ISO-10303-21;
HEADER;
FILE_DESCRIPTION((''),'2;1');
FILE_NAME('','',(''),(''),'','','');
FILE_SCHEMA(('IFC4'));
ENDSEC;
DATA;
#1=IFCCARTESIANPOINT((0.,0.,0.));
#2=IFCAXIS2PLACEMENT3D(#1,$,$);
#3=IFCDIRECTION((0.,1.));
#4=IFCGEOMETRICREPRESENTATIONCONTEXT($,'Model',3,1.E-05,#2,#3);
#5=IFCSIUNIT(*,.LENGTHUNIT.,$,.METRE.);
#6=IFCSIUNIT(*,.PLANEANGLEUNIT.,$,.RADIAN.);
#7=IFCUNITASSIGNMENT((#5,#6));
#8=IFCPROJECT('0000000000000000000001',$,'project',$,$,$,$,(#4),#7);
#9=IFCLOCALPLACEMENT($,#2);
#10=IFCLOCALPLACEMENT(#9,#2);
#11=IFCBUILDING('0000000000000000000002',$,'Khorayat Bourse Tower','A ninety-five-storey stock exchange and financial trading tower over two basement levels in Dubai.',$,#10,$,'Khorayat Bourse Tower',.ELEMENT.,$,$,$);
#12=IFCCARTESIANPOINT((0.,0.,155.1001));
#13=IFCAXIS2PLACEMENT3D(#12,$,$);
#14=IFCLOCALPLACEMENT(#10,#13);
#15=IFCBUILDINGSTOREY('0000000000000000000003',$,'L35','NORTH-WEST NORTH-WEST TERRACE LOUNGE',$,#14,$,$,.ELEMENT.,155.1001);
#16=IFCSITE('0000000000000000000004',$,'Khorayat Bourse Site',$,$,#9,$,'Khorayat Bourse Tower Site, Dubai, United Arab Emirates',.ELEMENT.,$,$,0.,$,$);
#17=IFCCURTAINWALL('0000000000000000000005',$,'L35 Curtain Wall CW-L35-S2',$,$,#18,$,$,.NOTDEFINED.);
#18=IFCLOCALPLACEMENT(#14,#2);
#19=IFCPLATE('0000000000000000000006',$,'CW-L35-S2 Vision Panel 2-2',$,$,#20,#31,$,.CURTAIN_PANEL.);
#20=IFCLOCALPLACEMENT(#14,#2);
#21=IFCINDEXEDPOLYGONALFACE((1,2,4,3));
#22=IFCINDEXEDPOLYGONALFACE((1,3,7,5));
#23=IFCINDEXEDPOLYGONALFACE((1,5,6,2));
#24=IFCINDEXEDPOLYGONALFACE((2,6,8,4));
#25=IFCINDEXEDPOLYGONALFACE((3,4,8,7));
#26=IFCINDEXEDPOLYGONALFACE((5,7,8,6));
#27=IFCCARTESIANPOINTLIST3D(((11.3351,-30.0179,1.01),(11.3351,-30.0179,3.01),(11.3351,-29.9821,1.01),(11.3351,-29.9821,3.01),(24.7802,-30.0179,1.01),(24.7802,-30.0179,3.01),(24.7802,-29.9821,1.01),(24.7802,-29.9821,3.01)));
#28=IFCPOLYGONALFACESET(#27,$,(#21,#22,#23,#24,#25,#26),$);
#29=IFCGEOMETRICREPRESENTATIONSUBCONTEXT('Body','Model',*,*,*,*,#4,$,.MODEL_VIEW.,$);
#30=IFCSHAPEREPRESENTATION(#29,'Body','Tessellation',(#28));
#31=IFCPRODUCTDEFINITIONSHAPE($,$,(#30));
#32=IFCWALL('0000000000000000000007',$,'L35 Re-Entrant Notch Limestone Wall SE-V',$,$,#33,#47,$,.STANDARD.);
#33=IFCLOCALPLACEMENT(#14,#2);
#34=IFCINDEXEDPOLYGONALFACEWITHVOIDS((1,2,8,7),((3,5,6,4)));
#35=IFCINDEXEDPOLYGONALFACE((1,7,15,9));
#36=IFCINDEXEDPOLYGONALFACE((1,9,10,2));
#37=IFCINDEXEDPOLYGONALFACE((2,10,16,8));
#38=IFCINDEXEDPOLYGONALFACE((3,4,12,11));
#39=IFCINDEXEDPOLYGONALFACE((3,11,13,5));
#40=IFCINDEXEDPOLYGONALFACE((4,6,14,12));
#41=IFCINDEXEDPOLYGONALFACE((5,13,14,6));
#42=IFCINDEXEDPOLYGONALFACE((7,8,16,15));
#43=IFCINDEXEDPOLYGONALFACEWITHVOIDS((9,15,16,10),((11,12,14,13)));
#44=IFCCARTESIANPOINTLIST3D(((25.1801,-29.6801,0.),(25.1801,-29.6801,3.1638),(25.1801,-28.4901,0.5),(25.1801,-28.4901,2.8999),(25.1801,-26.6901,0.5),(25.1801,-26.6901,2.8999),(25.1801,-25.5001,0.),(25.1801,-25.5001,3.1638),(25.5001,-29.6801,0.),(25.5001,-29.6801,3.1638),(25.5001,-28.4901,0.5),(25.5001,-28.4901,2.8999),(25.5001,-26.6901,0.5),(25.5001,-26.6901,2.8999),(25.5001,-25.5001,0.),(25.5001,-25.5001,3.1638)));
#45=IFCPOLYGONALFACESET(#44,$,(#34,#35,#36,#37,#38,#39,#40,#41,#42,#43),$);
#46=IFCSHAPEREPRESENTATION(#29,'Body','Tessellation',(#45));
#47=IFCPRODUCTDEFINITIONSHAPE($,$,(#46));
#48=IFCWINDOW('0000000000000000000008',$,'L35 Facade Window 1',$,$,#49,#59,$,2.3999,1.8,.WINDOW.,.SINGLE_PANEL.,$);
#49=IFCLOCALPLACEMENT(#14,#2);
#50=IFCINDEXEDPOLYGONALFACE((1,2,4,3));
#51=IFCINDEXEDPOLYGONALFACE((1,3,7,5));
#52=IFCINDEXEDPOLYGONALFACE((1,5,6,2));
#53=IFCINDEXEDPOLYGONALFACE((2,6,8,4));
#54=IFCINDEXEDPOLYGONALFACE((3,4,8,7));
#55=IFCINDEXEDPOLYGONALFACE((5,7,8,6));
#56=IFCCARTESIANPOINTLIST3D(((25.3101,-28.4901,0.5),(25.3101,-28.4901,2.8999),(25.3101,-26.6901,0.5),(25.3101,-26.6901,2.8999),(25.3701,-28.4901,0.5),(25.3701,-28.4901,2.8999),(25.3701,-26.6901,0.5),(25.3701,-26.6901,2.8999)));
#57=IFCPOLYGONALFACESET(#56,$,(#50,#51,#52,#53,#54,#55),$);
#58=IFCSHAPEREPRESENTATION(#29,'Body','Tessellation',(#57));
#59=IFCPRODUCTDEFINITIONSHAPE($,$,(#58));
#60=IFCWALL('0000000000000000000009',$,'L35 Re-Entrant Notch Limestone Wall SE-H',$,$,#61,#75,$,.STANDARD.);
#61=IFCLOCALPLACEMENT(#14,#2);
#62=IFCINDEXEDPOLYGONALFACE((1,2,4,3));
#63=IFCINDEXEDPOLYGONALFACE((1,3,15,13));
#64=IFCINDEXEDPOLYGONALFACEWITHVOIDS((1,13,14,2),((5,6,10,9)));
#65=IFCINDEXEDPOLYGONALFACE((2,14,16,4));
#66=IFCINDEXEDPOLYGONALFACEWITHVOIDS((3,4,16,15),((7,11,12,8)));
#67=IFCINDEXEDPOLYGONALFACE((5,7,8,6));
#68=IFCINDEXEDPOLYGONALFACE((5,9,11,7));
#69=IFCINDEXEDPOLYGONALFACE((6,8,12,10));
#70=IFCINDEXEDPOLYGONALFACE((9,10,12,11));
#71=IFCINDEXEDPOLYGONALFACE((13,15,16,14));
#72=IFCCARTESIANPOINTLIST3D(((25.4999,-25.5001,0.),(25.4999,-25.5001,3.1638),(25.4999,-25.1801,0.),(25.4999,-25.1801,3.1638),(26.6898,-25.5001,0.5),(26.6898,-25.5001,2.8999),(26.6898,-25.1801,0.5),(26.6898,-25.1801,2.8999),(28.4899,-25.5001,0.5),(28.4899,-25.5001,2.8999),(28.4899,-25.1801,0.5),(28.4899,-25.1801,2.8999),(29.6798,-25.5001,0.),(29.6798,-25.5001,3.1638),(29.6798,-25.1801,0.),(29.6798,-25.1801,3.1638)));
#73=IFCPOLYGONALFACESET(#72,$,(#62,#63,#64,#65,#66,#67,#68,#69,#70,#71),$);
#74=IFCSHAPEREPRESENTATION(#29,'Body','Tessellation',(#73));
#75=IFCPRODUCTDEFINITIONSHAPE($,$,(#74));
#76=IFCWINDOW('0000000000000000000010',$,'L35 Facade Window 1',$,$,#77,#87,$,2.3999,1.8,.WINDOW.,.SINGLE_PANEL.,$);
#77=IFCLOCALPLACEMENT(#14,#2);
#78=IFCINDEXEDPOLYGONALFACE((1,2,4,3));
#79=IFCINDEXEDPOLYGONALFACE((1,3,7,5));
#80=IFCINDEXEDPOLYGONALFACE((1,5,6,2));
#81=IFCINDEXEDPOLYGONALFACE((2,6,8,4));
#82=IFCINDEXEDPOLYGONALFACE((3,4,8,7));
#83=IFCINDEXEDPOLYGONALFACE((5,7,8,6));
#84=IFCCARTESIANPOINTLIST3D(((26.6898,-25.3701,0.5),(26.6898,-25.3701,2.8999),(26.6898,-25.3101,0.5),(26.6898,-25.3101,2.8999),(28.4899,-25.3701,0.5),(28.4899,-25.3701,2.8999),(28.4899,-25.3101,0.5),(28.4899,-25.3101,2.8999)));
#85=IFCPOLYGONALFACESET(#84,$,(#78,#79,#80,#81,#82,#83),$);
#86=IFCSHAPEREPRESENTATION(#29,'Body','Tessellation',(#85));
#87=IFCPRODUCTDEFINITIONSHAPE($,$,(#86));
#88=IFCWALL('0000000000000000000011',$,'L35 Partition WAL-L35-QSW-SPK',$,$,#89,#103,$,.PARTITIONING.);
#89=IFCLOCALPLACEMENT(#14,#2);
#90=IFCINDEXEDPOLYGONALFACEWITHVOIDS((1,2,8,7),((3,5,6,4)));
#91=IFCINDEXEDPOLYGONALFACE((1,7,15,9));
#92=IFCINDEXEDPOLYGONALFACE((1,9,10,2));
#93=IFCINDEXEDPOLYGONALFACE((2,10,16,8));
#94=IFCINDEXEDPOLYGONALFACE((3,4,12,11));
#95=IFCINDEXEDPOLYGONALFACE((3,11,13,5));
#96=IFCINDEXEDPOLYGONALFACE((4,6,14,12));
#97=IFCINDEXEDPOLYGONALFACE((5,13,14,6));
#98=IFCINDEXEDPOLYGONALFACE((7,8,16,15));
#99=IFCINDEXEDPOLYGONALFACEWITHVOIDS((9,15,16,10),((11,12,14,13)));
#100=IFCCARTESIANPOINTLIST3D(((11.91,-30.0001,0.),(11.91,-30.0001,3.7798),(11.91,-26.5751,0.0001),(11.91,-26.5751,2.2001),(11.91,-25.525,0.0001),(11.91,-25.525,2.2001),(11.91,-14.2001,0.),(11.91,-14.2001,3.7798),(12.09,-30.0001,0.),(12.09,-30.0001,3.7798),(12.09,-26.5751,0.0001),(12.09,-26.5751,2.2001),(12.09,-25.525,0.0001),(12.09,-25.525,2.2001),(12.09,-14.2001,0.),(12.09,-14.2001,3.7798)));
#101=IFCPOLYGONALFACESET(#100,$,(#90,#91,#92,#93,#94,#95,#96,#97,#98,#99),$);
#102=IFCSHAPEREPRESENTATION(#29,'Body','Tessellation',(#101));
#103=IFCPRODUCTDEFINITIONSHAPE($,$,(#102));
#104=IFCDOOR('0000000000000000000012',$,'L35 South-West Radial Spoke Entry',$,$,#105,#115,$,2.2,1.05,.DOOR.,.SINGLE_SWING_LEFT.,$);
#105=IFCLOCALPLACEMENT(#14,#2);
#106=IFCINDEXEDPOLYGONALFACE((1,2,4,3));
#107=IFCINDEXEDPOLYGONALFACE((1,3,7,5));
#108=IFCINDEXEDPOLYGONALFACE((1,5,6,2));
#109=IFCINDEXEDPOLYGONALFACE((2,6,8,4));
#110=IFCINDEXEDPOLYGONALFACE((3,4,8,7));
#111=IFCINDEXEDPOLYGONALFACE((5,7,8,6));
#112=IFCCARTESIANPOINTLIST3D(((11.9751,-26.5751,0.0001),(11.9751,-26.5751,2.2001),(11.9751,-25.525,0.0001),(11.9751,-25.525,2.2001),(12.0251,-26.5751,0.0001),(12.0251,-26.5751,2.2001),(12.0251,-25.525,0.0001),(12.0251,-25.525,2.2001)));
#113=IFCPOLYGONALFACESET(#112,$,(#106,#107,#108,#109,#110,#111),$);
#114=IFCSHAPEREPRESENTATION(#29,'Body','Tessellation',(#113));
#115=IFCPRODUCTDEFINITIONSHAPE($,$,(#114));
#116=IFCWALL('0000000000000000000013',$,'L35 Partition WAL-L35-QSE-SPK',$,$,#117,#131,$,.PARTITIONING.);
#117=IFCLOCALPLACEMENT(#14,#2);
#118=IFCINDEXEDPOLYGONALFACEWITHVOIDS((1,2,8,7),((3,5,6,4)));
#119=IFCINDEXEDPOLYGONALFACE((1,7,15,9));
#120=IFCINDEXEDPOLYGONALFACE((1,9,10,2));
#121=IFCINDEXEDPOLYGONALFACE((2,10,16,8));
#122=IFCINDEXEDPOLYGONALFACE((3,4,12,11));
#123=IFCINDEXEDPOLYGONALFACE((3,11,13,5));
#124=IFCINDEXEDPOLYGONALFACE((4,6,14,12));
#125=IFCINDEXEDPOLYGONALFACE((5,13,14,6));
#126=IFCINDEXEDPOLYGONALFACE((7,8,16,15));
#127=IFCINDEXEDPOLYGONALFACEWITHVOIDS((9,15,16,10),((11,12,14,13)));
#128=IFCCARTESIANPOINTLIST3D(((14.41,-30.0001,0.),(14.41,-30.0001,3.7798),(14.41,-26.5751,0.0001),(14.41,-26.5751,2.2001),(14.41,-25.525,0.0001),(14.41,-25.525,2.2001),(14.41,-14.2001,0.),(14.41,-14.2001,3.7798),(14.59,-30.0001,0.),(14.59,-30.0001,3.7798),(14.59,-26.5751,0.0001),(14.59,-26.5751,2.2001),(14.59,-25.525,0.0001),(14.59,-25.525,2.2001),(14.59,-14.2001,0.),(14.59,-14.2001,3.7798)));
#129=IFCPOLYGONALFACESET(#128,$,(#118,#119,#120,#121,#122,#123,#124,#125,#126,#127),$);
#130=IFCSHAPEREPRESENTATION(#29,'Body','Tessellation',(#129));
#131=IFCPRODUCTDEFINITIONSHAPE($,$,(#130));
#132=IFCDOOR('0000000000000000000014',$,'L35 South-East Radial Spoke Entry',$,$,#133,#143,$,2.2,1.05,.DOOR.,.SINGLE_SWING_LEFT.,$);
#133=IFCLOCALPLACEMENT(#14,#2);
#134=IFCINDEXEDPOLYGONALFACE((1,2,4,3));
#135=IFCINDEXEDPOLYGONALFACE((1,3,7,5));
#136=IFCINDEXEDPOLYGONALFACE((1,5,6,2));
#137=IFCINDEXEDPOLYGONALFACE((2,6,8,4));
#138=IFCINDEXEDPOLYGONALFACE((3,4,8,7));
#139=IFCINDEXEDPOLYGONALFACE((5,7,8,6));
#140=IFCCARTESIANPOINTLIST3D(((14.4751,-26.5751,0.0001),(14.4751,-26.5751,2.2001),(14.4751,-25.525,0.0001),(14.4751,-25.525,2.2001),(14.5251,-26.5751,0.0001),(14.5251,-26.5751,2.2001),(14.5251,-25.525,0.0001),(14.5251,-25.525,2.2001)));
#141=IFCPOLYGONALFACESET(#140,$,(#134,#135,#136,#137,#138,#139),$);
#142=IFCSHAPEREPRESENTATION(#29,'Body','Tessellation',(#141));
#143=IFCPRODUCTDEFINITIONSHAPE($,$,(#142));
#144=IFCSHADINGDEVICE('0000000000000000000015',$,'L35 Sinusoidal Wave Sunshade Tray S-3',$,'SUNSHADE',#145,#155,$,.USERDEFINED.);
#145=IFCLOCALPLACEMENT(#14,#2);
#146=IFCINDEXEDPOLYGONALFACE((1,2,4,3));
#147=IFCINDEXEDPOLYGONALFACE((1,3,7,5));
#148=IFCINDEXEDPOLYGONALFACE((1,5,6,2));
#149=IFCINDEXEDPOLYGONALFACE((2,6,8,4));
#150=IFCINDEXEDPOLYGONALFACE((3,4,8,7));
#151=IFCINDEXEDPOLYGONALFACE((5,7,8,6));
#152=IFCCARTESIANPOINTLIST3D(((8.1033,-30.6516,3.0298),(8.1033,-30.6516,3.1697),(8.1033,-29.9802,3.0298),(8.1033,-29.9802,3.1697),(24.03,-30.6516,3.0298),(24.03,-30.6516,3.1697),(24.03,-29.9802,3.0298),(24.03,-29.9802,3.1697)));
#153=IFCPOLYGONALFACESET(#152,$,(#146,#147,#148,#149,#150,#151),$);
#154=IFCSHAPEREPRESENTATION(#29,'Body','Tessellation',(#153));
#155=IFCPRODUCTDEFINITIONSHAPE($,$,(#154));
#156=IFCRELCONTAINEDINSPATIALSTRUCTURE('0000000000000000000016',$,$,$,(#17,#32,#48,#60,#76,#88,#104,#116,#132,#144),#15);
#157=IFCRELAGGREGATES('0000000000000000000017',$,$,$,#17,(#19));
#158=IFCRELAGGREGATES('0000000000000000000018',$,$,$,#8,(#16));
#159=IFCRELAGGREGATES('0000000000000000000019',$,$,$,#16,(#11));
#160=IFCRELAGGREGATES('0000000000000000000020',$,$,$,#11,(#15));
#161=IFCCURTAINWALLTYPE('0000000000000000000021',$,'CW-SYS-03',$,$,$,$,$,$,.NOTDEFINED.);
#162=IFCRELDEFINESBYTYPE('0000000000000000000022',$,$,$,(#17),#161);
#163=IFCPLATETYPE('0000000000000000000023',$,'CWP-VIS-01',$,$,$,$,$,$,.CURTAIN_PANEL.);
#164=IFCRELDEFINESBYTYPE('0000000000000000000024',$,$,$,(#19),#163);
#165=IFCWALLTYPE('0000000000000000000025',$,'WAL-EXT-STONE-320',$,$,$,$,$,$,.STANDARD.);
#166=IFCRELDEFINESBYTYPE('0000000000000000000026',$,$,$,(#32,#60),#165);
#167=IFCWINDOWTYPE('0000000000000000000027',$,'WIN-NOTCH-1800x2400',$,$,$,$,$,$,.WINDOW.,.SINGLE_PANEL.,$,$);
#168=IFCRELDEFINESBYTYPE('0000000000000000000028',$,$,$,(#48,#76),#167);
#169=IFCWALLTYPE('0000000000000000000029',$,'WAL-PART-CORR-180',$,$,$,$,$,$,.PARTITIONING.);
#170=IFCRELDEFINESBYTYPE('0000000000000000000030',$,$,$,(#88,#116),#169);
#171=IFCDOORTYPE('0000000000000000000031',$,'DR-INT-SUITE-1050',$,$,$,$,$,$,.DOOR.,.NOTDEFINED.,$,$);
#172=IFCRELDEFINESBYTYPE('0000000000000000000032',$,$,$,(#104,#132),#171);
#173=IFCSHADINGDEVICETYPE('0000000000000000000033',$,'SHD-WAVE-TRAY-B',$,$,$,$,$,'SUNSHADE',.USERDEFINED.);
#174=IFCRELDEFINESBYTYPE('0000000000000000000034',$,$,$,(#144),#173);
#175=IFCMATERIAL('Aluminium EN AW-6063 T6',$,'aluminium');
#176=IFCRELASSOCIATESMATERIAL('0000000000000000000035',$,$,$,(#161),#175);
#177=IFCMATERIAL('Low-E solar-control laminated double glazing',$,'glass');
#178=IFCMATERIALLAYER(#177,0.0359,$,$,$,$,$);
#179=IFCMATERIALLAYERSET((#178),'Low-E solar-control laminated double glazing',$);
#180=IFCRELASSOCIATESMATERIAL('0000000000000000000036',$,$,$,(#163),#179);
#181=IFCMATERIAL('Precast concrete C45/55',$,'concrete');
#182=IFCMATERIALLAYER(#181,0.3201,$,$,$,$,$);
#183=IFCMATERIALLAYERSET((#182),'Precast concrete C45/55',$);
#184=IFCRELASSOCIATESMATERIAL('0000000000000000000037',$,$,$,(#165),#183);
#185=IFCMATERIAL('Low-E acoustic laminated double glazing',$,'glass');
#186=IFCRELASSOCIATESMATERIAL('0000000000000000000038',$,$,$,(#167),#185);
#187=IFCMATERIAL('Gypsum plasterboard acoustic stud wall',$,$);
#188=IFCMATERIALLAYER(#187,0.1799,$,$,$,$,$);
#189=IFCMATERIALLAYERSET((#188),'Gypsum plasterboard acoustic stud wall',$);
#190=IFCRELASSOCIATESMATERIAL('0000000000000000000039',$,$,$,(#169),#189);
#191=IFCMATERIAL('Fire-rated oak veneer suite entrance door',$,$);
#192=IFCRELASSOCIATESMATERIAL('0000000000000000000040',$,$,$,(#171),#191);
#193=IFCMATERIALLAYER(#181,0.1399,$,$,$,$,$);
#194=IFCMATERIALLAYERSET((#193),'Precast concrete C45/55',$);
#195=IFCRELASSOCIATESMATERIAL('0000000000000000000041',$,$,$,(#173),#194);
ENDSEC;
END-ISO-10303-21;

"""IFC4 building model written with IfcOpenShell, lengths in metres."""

from ifc_helpers import new_model, si_unit, direction, frame, frame_2d, origin, origin_2d, place, context, subcontext, project, spatial, rectangle, extrude, source, transform, mapped, material, layer, layer_set, type_object, element, fill, aggregate, save


model = new_model("IFC4")

# Units and contexts
model_context = context("Model", 3, precision=1e-05, world=origin(), true_north=direction((0.0, 1.0)))
body_context = subcontext(model_context, "Body", "Model", "MODEL_VIEW")
ifc_project = project(units=[si_unit("LENGTHUNIT", "METRE"), si_unit("PLANEANGLEUNIT", "RADIAN")], contexts=[model_context])

# Site, building, storey
site_placement = place(None, origin())
site = spatial("IfcSite", under=ifc_project, at=site_placement, Name="Khorayat Bourse Site", LongName="Khorayat Bourse Tower Site, Dubai, United Arab Emirates", CompositionType="ELEMENT", RefElevation=0.0)
building_placement = place(site_placement, origin())
building = spatial("IfcBuilding", under=site, at=building_placement, Name="Khorayat Bourse Tower", Description="A ninety-five-storey stock exchange and financial trading tower over two basement levels in Dubai.", LongName="Khorayat Bourse Tower", CompositionType="ELEMENT")
storey_placement = place(building_placement, frame((0.0, 0.0, 155.1001)))
storey = spatial("IfcBuildingStorey", under=building, at=storey_placement, Name="L35", Description="NORTH-WEST NORTH-WEST TERRACE LOUNGE", CompositionType="ELEMENT", Elevation=155.1001)

# Curtain wall
ifc_material_1 = material(Name="Aluminium EN AW-6063 T6", Category="aluminium")
curtain_wall_type = type_object("IfcCurtainWallType", Name="CW-SYS-03", PredefinedType="NOTDEFINED", material=ifc_material_1)
curtain_wall_1_placement = place(storey_placement, origin())
curtain_wall_1 = element("IfcCurtainWall", 1, at=curtain_wall_1_placement, inside=storey, type_object=curtain_wall_type, Name="L35 Curtain Wall CW-L35-S2", PredefinedType="NOTDEFINED")

# Plate
ifc_material_2 = material(Name="Low-E solar-control laminated double glazing", Category="glass")
ifc_layer_1 = layer(ifc_material_2, 0.0359)
ifc_layer_set_1 = layer_set([ifc_layer_1], Name="Low-E solar-control laminated double glazing")
plate_type_1 = type_object("IfcPlateType", Name="CWP-VIS-01", PredefinedType="CURTAIN_PANEL", material=ifc_layer_set_1)
shared_shape_1 = source(origin(), body_context, "Body", "SweptSolid", [
    extrude(rectangle(XDim=13.4451, YDim=0.0359, at=origin_2d()), origin(), (0.0, 0.0, 1.0), 2.0),
])
plate_1_placement = place(storey_placement, frame((18.0576, -30.0, 1.01), z_axis=(0.0, 0.0, 1.0), x_axis=(1.0, 0.0, 0.0)))
plate_1 = element("IfcPlate", 2, at=plate_1_placement, type_object=plate_type_1, Name="CW-L35-S2 Vision Panel 2-2", PredefinedType="CURTAIN_PANEL", context=body_context, shape_type="MappedRepresentation", body=[
    mapped(shared_shape_1, transform((0.0, 0.0, 0.0), scale=1.0)),
])
aggregate(curtain_wall_1, [plate_1])

# Walls, openings, windows
ifc_material_3 = material(Name="Precast concrete C45/55", Category="concrete")
ifc_layer_2 = layer(ifc_material_3, 0.3201)
ifc_layer_set_2 = layer_set([ifc_layer_2], Name="Precast concrete C45/55")
wall_type_1 = type_object("IfcWallType", Name="WAL-EXT-STONE-320", PredefinedType="STANDARD", material=ifc_layer_set_2)
shared_shape_2 = source(origin(), body_context, "Body", "SweptSolid", [
    extrude(rectangle(XDim=4.1799, YDim=0.3201, at=frame_2d((2.0898, 0.0))), origin(), (0.0, 0.0, 1.0), 3.1638),
])
wall_1_placement = place(storey_placement, frame((25.3401, -29.6799, 0.0), z_axis=(0.0, 0.0, 1.0), x_axis=(0.0, 1.0, 0.0)))
wall_1 = element("IfcWall", 3, at=wall_1_placement, inside=storey, type_object=wall_type_1, Name="L35 Re-Entrant Notch Limestone Wall SE-V", PredefinedType="STANDARD", context=body_context, shape_type="MappedRepresentation", body=[
    mapped(shared_shape_2, transform((0.0, 0.0, 0.0), scale=1.0)),
])
shared_shape_3 = source(origin(), body_context, "Body", "SweptSolid", [
    extrude(rectangle(XDim=1.8, YDim=2.3999, at=frame_2d((0.8999, 1.2))), frame((0.0, 0.1699, 0.0), z_axis=(0.0, -1.0, 0.0), x_axis=(1.0, 0.0, 0.0)), (0.0, 0.0, 1.0), 0.3401),
])
opening_1_placement = place(wall_1_placement, frame((1.1899, 0.0, 0.5)))
opening_1 = element("IfcOpeningElement", 4, at=opening_1_placement, cuts=wall_1, PredefinedType="OPENING", context=body_context, shape_type="MappedRepresentation", body=[
    mapped(shared_shape_3, transform((0.0, 0.0, 0.0), scale=1.0)),
])
ifc_material_4 = material(Name="Low-E acoustic laminated double glazing", Category="glass")
window_type = type_object("IfcWindowType", Name="WIN-NOTCH-1800x2400", PartitioningType="SINGLE_PANEL", PredefinedType="WINDOW", material=ifc_material_4)
shared_shape_4 = source(origin(), body_context, "Body", "SweptSolid", [
    extrude(rectangle(XDim=1.8, YDim=2.3999, at=frame_2d((0.8999, 1.2))), frame((0.0, 0.03, 0.0), z_axis=(0.0, -1.0, 0.0), x_axis=(1.0, 0.0, 0.0)), (0.0, 0.0, 1.0), 0.0601),
])
window_1_placement = place(opening_1_placement, origin())
window_1 = element("IfcWindow", 5, at=window_1_placement, inside=storey, type_object=window_type, Name="L35 Facade Window 1", OverallHeight=2.3999, OverallWidth=1.8, PartitioningType="SINGLE_PANEL", PredefinedType="WINDOW", context=body_context, shape_type="MappedRepresentation", body=[
    mapped(shared_shape_4, transform((0.0, 0.0, 0.0), scale=1.0)),
])
fill(opening_1, window_1)
wall_2_placement = place(storey_placement, frame((25.5, -25.3401, 0.0), z_axis=(0.0, 0.0, 1.0), x_axis=(1.0, 0.0, 0.0)))
wall_2 = element("IfcWall", 6, at=wall_2_placement, inside=storey, type_object=wall_type_1, Name="L35 Re-Entrant Notch Limestone Wall SE-H", PredefinedType="STANDARD", context=body_context, shape_type="MappedRepresentation", body=[
    mapped(shared_shape_2, transform((0.0, 0.0, 0.0), scale=1.0)),
])
opening_2_placement = place(wall_2_placement, frame((1.1899, 0.0, 0.5)))
opening_2 = element("IfcOpeningElement", 7, at=opening_2_placement, cuts=wall_2, PredefinedType="OPENING", context=body_context, shape_type="MappedRepresentation", body=[
    mapped(shared_shape_3, transform((0.0, 0.0, 0.0), scale=1.0)),
])
window_2_placement = place(opening_2_placement, origin())
window_2 = element("IfcWindow", 8, at=window_2_placement, inside=storey, type_object=window_type, Name="L35 Facade Window 1", OverallHeight=2.3999, OverallWidth=1.8, PartitioningType="SINGLE_PANEL", PredefinedType="WINDOW", context=body_context, shape_type="MappedRepresentation", body=[
    mapped(shared_shape_4, transform((0.0, 0.0, 0.0), scale=1.0)),
])
fill(opening_2, window_2)

# Walls, openings, doors
ifc_material_5 = material(Name="Gypsum plasterboard acoustic stud wall")
ifc_layer_3 = layer(ifc_material_5, 0.1799)
ifc_layer_set_3 = layer_set([ifc_layer_3], Name="Gypsum plasterboard acoustic stud wall")
wall_type_2 = type_object("IfcWallType", Name="WAL-PART-CORR-180", PredefinedType="PARTITIONING", material=ifc_layer_set_3)
shared_shape_5 = source(origin(), body_context, "Body", "SweptSolid", [
    extrude(rectangle(XDim=15.8, YDim=0.1799, at=frame_2d((7.8999, 0.0))), origin(), (0.0, 0.0, 1.0), 3.7798),
])
wall_3_placement = place(storey_placement, frame((12.0, -30.0, 0.0), z_axis=(0.0, 0.0, 1.0), x_axis=(0.0, 1.0, 0.0)))
wall_3 = element("IfcWall", 9, at=wall_3_placement, inside=storey, type_object=wall_type_2, Name="L35 Partition WAL-L35-QSW-SPK", PredefinedType="PARTITIONING", context=body_context, shape_type="MappedRepresentation", body=[
    mapped(shared_shape_5, transform((0.0, 0.0, 0.0), scale=1.0)),
])
shared_shape_6 = source(origin(), body_context, "Body", "SweptSolid", [
    extrude(rectangle(XDim=1.05, YDim=2.2, at=frame_2d((0.5249, 1.1001))), frame((0.0, 0.0999, 0.0), z_axis=(0.0, -1.0, 0.0), x_axis=(1.0, 0.0, 0.0)), (0.0, 0.0, 1.0), 0.2),
])
opening_3_placement = place(wall_3_placement, frame((3.425, 0.0, 0.0)))
opening_3 = element("IfcOpeningElement", 10, at=opening_3_placement, cuts=wall_3, PredefinedType="OPENING", context=body_context, shape_type="MappedRepresentation", body=[
    mapped(shared_shape_6, transform((0.0, 0.0, 0.0), scale=1.0)),
])
ifc_material_6 = material(Name="Fire-rated oak veneer suite entrance door")
door_type = type_object("IfcDoorType", Name="DR-INT-SUITE-1050", OperationType="NOTDEFINED", PredefinedType="DOOR", material=ifc_material_6)
shared_shape_7 = source(origin(), body_context, "Body", "SweptSolid", [
    extrude(rectangle(XDim=1.05, YDim=2.2, at=frame_2d((0.5249, 1.1001))), frame((0.0, 0.0249, 0.0), z_axis=(0.0, -1.0, 0.0), x_axis=(1.0, 0.0, 0.0)), (0.0, 0.0, 1.0), 0.05),
])
door_1_placement = place(opening_3_placement, origin())
door_1 = element("IfcDoor", 11, at=door_1_placement, inside=storey, type_object=door_type, Name="L35 South-West Radial Spoke Entry", OperationType="SINGLE_SWING_LEFT", OverallHeight=2.2, OverallWidth=1.05, PredefinedType="DOOR", context=body_context, shape_type="MappedRepresentation", body=[
    mapped(shared_shape_7, transform((0.0, 0.0, 0.0), scale=1.0)),
])
fill(opening_3, door_1)
wall_4_placement = place(storey_placement, frame((14.5, -30.0, 0.0), z_axis=(0.0, 0.0, 1.0), x_axis=(0.0, 1.0, 0.0)))
wall_4 = element("IfcWall", 12, at=wall_4_placement, inside=storey, type_object=wall_type_2, Name="L35 Partition WAL-L35-QSE-SPK", PredefinedType="PARTITIONING", context=body_context, shape_type="MappedRepresentation", body=[
    mapped(shared_shape_5, transform((0.0, 0.0, 0.0), scale=1.0)),
])
opening_4_placement = place(wall_4_placement, frame((3.425, 0.0, 0.0)))
opening_4 = element("IfcOpeningElement", 13, at=opening_4_placement, cuts=wall_4, PredefinedType="OPENING", context=body_context, shape_type="MappedRepresentation", body=[
    mapped(shared_shape_6, transform((0.0, 0.0, 0.0), scale=1.0)),
])
door_2_placement = place(opening_4_placement, origin())
door_2 = element("IfcDoor", 14, at=door_2_placement, inside=storey, type_object=door_type, Name="L35 South-East Radial Spoke Entry", OperationType="SINGLE_SWING_LEFT", OverallHeight=2.2, OverallWidth=1.05, PredefinedType="DOOR", context=body_context, shape_type="MappedRepresentation", body=[
    mapped(shared_shape_7, transform((0.0, 0.0, 0.0), scale=1.0)),
])
fill(opening_4, door_2)

# Shading device
ifc_layer_4 = layer(ifc_material_3, 0.1399)
ifc_layer_set_4 = layer_set([ifc_layer_4], Name="Precast concrete C45/55")
shading_device_type = type_object("IfcShadingDeviceType", Name="SHD-WAVE-TRAY-B", ElementType="SUNSHADE", PredefinedType="USERDEFINED", material=ifc_layer_set_4)
shared_shape_8 = source(origin(), body_context, "Body", "SweptSolid", [
    extrude(rectangle(XDim=15.9268, YDim=0.6714, at=origin_2d()), origin(), (0.0, 0.0, 1.0), 0.1399),
])
shading_device_placement = place(storey_placement, frame((16.0667, -30.3159, 3.0298), z_axis=(0.0, 0.0, 1.0), x_axis=(1.0, 0.0, 0.0)))
element("IfcShadingDevice", 15, at=shading_device_placement, inside=storey, type_object=shading_device_type, Name="L35 Sinusoidal Wave Sunshade Tray S-3", ObjectType="SUNSHADE", PredefinedType="USERDEFINED", context=body_context, shape_type="MappedRepresentation", body=[
    mapped(shared_shape_8, transform((0.0, 0.0, 0.0), scale=1.0)),
])

save(model, "model.ifc")
